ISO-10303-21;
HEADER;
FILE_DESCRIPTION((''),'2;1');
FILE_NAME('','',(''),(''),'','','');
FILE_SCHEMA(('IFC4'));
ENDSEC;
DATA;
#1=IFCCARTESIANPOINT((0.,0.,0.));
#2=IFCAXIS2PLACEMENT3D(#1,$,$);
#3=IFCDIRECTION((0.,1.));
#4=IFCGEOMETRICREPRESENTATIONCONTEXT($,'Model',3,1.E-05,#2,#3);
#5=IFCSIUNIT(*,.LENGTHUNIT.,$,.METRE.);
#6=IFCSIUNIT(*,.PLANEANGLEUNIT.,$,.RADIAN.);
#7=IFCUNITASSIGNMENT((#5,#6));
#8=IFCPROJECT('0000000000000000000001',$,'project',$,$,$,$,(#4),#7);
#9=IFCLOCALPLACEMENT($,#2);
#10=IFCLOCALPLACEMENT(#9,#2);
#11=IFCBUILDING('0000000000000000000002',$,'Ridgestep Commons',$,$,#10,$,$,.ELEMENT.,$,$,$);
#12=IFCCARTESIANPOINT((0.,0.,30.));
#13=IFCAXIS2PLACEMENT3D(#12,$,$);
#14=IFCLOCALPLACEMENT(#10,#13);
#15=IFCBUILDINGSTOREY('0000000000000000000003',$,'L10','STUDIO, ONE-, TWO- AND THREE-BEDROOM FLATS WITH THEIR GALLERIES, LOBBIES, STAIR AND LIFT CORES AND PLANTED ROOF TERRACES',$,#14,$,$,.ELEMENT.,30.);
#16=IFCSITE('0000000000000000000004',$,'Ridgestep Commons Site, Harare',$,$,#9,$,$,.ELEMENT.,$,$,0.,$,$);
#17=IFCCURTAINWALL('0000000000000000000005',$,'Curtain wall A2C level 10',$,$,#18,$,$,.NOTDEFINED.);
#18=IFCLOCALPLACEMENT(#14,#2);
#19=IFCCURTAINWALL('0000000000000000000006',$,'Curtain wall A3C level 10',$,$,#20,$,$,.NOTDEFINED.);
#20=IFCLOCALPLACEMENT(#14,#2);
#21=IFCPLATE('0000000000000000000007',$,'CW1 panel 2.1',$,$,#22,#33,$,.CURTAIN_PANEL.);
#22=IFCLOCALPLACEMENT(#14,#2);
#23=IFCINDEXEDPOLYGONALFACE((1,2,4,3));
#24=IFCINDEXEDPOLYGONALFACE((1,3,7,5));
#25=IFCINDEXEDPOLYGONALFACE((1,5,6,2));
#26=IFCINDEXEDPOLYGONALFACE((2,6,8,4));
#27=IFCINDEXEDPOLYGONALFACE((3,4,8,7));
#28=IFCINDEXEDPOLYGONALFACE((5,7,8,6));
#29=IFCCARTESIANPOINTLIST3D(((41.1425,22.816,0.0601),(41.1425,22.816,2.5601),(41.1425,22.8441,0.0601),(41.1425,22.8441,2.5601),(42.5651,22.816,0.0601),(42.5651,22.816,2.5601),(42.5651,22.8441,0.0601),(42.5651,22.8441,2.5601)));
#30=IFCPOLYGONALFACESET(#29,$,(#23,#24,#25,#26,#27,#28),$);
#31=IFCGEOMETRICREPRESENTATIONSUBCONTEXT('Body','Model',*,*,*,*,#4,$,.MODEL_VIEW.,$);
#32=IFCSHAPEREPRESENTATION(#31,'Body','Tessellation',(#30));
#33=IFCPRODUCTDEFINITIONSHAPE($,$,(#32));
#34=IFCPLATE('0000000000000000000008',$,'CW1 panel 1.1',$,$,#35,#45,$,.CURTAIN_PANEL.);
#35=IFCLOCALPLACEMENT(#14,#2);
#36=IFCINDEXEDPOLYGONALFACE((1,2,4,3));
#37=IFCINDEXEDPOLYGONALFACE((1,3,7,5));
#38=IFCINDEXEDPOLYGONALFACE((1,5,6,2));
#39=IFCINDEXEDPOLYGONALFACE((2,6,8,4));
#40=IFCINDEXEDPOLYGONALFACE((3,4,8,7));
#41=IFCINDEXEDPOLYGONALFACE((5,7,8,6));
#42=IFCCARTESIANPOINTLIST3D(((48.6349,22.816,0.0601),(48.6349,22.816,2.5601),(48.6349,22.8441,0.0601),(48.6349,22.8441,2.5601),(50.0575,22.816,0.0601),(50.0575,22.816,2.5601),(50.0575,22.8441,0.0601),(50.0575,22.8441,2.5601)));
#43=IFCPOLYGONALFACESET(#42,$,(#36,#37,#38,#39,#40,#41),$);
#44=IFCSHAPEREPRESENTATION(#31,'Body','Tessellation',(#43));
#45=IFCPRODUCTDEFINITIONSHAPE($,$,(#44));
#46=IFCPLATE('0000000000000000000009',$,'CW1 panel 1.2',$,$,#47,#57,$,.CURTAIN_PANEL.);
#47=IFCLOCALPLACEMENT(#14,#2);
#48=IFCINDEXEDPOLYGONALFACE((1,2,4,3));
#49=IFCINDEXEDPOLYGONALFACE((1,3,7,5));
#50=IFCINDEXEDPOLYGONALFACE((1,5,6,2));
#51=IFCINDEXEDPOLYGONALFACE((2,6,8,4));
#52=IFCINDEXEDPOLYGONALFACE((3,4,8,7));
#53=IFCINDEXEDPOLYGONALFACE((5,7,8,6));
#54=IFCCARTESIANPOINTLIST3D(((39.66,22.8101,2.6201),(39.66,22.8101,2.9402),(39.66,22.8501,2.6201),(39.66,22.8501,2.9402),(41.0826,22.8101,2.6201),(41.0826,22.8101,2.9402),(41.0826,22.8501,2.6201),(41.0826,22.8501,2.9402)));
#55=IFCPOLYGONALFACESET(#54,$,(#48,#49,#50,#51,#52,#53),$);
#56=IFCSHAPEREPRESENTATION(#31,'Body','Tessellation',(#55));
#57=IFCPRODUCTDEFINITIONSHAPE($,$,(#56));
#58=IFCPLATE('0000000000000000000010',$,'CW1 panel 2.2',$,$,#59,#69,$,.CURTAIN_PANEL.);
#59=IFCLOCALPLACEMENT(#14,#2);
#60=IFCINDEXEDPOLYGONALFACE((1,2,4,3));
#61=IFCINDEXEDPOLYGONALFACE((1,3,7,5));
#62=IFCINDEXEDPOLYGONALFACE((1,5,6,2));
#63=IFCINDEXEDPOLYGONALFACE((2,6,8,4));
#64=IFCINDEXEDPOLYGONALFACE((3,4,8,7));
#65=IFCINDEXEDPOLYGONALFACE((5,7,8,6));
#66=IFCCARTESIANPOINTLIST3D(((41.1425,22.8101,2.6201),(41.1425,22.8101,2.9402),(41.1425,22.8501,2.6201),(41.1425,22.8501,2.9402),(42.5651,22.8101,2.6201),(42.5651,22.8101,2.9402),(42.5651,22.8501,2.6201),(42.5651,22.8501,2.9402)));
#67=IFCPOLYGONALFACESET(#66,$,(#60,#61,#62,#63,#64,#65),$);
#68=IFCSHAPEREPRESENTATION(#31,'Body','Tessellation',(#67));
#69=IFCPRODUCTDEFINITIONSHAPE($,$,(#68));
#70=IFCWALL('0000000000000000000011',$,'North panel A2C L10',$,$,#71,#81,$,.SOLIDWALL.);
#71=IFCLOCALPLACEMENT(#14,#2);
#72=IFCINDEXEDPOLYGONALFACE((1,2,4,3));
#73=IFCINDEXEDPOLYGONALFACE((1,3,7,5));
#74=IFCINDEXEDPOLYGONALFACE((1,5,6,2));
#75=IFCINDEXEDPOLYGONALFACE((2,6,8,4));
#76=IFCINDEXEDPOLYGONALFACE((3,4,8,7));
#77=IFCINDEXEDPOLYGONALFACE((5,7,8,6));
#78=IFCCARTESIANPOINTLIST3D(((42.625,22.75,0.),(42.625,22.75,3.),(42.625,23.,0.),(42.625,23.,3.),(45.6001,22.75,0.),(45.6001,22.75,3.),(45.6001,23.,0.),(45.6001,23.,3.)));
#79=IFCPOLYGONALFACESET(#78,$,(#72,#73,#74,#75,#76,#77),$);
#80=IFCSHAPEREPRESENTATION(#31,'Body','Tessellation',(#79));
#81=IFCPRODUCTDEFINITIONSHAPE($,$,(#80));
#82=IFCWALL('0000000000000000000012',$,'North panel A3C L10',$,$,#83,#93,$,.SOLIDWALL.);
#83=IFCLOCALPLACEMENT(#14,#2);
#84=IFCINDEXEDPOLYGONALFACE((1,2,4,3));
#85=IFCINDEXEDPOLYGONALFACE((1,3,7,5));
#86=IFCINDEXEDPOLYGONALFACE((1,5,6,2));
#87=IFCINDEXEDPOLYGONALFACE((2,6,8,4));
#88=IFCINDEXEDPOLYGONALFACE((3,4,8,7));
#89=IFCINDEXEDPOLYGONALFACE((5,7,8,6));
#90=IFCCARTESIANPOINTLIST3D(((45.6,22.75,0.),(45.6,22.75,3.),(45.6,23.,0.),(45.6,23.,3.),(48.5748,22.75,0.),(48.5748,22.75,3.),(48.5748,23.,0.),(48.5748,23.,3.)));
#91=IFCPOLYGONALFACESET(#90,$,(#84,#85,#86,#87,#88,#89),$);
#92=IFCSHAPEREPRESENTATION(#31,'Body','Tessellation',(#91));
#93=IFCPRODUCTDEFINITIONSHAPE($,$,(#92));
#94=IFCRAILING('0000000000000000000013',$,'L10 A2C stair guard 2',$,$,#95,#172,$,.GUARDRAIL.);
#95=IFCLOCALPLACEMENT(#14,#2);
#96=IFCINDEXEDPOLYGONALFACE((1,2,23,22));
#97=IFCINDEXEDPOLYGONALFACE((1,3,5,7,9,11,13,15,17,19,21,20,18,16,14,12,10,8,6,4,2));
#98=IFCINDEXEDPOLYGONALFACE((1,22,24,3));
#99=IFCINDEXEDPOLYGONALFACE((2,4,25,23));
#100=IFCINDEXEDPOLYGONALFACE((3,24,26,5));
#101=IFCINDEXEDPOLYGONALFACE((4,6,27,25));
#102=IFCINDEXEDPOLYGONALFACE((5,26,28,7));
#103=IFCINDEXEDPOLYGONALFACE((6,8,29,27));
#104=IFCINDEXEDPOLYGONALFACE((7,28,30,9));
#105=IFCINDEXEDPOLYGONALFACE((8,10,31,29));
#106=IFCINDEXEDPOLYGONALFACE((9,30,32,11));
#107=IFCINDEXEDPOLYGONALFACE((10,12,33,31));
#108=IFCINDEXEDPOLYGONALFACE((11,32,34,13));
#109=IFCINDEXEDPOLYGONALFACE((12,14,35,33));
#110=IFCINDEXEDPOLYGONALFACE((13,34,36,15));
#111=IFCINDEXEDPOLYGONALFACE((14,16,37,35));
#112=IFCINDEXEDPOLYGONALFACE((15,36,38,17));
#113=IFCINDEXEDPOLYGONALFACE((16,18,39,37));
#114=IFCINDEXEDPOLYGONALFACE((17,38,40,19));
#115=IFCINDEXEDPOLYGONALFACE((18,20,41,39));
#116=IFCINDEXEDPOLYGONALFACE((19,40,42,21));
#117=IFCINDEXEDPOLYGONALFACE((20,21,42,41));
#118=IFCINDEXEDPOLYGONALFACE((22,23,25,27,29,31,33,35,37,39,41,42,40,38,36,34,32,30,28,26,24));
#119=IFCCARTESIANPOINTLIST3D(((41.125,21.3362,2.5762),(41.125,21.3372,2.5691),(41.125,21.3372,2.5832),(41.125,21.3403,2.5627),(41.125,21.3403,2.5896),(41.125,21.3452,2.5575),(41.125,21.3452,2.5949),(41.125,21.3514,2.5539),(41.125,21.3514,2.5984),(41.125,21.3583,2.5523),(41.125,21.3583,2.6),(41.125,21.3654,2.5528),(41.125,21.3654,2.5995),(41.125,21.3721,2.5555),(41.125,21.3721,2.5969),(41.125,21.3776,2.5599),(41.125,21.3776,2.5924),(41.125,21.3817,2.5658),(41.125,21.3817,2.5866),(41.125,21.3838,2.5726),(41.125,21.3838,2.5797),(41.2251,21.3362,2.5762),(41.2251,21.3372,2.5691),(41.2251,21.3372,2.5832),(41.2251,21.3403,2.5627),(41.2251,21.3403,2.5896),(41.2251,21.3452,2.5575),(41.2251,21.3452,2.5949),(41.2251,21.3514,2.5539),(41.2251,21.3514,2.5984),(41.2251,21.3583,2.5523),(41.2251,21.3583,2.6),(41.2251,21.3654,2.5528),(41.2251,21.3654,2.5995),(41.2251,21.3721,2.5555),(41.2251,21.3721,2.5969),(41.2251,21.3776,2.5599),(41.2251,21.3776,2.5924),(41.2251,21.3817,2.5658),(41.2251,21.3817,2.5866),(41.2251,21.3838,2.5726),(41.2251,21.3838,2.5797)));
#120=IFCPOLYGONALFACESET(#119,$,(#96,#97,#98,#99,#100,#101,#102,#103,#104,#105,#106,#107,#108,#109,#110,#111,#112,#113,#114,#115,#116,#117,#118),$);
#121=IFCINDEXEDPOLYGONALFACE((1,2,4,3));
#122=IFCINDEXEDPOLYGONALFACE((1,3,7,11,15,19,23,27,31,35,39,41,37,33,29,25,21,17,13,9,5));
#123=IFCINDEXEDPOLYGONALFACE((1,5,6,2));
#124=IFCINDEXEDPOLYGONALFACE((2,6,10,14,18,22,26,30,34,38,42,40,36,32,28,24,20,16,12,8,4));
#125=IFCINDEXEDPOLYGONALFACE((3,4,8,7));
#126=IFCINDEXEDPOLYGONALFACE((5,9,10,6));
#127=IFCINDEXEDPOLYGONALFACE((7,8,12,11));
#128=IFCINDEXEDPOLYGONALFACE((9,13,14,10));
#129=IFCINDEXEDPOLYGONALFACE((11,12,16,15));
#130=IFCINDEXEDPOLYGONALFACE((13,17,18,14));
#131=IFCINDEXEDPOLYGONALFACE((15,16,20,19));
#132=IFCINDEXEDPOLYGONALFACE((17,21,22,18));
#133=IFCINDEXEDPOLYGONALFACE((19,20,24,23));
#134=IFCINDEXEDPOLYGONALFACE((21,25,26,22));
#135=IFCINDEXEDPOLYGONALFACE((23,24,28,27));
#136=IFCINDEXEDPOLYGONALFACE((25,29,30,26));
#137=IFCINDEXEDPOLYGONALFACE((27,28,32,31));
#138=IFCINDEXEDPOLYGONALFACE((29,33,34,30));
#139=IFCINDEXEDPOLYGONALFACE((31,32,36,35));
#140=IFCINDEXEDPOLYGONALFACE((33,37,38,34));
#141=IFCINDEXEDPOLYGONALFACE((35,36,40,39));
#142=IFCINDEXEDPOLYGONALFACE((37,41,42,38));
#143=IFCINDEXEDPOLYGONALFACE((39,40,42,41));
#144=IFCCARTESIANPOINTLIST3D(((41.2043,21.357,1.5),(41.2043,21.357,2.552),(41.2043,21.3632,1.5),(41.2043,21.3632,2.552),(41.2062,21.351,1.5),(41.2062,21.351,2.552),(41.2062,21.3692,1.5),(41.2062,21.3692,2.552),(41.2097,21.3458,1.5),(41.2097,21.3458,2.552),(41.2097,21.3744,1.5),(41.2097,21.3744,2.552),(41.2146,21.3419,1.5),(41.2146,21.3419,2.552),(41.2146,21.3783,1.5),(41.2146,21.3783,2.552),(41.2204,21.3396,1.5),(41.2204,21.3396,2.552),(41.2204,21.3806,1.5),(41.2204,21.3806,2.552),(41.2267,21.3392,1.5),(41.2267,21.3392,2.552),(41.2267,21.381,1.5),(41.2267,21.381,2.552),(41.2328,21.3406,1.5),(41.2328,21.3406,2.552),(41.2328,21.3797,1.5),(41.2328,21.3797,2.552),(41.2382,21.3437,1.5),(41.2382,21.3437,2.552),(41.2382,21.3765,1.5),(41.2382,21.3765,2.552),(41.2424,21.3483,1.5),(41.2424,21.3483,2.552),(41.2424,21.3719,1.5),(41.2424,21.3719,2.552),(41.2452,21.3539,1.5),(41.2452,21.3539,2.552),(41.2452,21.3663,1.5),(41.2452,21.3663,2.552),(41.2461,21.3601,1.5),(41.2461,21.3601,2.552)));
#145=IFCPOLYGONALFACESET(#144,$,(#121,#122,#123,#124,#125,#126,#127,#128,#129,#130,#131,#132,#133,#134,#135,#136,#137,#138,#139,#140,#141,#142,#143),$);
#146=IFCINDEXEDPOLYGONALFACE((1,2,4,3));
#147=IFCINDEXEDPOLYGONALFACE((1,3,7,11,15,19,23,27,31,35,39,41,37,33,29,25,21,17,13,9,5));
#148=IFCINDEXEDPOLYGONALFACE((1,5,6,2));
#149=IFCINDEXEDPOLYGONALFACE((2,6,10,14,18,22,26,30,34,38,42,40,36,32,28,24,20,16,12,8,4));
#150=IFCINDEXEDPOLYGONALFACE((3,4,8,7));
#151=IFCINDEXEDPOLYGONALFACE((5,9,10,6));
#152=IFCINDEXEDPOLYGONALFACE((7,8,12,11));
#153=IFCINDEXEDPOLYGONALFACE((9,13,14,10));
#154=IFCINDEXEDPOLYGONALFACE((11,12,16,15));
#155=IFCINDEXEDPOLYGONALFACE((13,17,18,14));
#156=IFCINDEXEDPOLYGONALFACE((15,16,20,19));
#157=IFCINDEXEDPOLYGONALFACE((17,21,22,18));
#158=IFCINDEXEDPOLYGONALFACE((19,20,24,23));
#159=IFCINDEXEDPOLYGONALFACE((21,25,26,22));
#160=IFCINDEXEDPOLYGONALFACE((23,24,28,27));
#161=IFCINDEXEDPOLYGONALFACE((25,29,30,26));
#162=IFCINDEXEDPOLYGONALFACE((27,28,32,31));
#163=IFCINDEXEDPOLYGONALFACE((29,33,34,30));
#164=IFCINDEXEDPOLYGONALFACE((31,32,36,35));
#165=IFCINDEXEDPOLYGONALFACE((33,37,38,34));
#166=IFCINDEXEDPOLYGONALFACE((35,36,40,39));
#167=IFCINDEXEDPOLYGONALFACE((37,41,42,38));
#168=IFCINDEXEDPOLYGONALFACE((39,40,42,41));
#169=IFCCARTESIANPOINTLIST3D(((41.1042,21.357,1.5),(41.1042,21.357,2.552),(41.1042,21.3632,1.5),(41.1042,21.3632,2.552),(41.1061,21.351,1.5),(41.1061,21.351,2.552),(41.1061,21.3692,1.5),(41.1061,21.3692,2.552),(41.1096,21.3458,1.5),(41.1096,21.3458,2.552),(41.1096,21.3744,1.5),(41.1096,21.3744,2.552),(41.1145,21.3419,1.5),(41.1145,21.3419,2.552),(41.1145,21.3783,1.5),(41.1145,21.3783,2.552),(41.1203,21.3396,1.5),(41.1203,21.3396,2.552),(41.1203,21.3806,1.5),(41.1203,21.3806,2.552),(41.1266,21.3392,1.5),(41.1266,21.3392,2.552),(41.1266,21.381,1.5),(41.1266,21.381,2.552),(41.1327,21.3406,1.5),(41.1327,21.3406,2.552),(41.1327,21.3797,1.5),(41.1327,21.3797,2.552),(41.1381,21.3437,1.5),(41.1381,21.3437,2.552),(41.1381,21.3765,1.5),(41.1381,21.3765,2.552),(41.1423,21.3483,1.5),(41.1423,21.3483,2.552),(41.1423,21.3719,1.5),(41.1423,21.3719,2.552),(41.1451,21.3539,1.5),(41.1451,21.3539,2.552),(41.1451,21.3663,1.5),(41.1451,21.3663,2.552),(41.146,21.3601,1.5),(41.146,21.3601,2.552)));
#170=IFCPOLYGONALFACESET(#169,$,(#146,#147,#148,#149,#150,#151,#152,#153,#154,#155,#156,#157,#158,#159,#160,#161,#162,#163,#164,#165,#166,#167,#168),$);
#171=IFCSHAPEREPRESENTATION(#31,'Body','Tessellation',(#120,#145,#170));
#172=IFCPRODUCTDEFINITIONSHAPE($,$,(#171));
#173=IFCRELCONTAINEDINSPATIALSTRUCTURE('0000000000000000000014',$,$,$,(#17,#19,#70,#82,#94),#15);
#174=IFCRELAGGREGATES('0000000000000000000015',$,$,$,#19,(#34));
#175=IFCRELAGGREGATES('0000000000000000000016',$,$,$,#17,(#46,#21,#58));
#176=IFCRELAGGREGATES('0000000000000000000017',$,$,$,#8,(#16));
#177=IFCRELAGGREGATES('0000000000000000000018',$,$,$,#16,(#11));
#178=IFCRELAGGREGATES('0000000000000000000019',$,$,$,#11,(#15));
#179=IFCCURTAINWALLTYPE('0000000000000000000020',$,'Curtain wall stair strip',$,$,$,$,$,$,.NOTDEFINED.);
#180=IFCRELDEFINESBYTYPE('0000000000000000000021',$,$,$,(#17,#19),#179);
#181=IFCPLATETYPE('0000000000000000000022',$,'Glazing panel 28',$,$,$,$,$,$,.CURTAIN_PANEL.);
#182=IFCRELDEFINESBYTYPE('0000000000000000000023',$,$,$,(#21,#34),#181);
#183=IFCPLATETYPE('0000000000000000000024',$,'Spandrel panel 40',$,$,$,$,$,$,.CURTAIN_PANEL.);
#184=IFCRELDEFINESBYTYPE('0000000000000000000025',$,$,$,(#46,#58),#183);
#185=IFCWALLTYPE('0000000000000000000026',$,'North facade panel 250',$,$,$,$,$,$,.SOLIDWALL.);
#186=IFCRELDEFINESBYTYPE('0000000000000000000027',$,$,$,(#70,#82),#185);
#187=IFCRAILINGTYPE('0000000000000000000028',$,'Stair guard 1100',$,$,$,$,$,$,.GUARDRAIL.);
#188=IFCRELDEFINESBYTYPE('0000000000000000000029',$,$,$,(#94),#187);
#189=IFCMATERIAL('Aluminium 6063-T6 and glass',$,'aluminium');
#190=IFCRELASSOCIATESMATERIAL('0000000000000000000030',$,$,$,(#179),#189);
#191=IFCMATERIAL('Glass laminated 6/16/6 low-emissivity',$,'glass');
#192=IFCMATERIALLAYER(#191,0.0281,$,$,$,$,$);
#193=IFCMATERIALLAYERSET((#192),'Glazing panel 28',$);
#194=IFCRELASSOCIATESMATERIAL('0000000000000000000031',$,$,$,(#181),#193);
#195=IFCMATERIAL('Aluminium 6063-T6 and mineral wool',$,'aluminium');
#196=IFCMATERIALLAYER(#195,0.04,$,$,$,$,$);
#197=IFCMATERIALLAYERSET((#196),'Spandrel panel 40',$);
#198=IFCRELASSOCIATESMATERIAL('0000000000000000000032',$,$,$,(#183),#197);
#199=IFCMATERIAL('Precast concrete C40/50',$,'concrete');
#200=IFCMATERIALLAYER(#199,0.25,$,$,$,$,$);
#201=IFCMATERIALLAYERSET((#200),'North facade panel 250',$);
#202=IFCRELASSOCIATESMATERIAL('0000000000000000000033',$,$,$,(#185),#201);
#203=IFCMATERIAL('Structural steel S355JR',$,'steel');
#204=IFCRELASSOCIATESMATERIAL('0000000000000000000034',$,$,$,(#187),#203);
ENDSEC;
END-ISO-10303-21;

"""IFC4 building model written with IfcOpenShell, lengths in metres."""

from ifc_helpers import new_model, si_unit, direction, frame, frame_2d, origin, origin_2d, place, context, subcontext, project, spatial, rectangle, circle, extrude, material, layer, layer_set, type_object, element, aggregate, save


model = new_model("IFC4")

# Units and contexts
model_context = context("Model", 3, precision=1e-05, world=origin(), true_north=direction((0.0, 1.0)))
body_context = subcontext(model_context, "Body", "Model", "MODEL_VIEW")
ifc_project = project(units=[si_unit("LENGTHUNIT", "METRE"), si_unit("PLANEANGLEUNIT", "RADIAN")], contexts=[model_context])

# Site, building, storey
site_placement = place(None, origin())
site = spatial("IfcSite", under=ifc_project, at=site_placement, Name="Ridgestep Commons Site, Harare", CompositionType="ELEMENT", RefElevation=0.0)
building_placement = place(site_placement, origin())
building = spatial("IfcBuilding", under=site, at=building_placement, Name="Ridgestep Commons", CompositionType="ELEMENT")
storey_placement = place(building_placement, frame((0.0, 0.0, 30.0)))
storey = spatial("IfcBuildingStorey", under=building, at=storey_placement, Name="L10", Description="STUDIO, ONE-, TWO- AND THREE-BEDROOM FLATS WITH THEIR GALLERIES, LOBBIES, STAIR AND LIFT CORES AND PLANTED ROOF TERRACES", CompositionType="ELEMENT", Elevation=30.0)

# Curtain wall
ifc_material_1 = material(Name="Aluminium 6063-T6 and glass", Category="aluminium")
curtain_wall_type = type_object("IfcCurtainWallType", Name="Curtain wall stair strip", PredefinedType="NOTDEFINED", material=ifc_material_1)
curtain_wall_1_placement = place(storey_placement, origin())
curtain_wall_1 = element("IfcCurtainWall", 1, at=curtain_wall_1_placement, inside=storey, type_object=curtain_wall_type, Name="Curtain wall A2C level 10", PredefinedType="NOTDEFINED")

# Curtain wall
curtain_wall_2_placement = place(storey_placement, origin())
curtain_wall_2 = element("IfcCurtainWall", 2, at=curtain_wall_2_placement, inside=storey, type_object=curtain_wall_type, Name="Curtain wall A3C level 10", PredefinedType="NOTDEFINED")

# Plates
ifc_material_2 = material(Name="Glass laminated 6/16/6 low-emissivity", Category="glass")
ifc_layer_1 = layer(ifc_material_2, 0.0281)
ifc_layer_set_1 = layer_set([ifc_layer_1], Name="Glazing panel 28")
plate_type_1 = type_object("IfcPlateType", Name="Glazing panel 28", PredefinedType="CURTAIN_PANEL", material=ifc_layer_set_1)
plate_1_placement = place(storey_placement, frame((41.8538, 22.8301, 0.0601), z_axis=(0.0, 0.0, 1.0), x_axis=(1.0, 0.0, 0.0)))
plate_1 = element("IfcPlate", 3, at=plate_1_placement, type_object=plate_type_1, Name="CW1 panel 2.1", PredefinedType="CURTAIN_PANEL", context=body_context, shape_type="SweptSolid", body=[
    extrude(rectangle(XDim=1.4226, YDim=0.0281, at=origin_2d()), origin(), (0.0, 0.0, 1.0), 2.5),
])
plate_2_placement = place(storey_placement, frame((49.3462, 22.8301, 0.0601), z_axis=(0.0, 0.0, 1.0), x_axis=(1.0, 0.0, 0.0)))
plate_2 = element("IfcPlate", 4, at=plate_2_placement, type_object=plate_type_1, Name="CW1 panel 1.1", PredefinedType="CURTAIN_PANEL", context=body_context, shape_type="SweptSolid", body=[
    extrude(rectangle(XDim=1.4226, YDim=0.0281, at=origin_2d()), origin(), (0.0, 0.0, 1.0), 2.5),
])
aggregate(curtain_wall_2, [plate_2])
ifc_material_3 = material(Name="Aluminium 6063-T6 and mineral wool", Category="aluminium")
ifc_layer_2 = layer(ifc_material_3, 0.04)
ifc_layer_set_2 = layer_set([ifc_layer_2], Name="Spandrel panel 40")
plate_type_2 = type_object("IfcPlateType", Name="Spandrel panel 40", PredefinedType="CURTAIN_PANEL", material=ifc_layer_set_2)
plate_3_placement = place(storey_placement, frame((40.3713, 22.8301, 2.6201), z_axis=(0.0, 0.0, 1.0), x_axis=(1.0, 0.0, 0.0)))
plate_3 = element("IfcPlate", 5, at=plate_3_placement, type_object=plate_type_2, Name="CW1 panel 1.2", PredefinedType="CURTAIN_PANEL", context=body_context, shape_type="SweptSolid", body=[
    extrude(rectangle(XDim=1.4226, YDim=0.04, at=origin_2d()), origin(), (0.0, 0.0, 1.0), 0.3201),
])
plate_4_placement = place(storey_placement, frame((41.8538, 22.8301, 2.6201), z_axis=(0.0, 0.0, 1.0), x_axis=(1.0, 0.0, 0.0)))
plate_4 = element("IfcPlate", 6, at=plate_4_placement, type_object=plate_type_2, Name="CW1 panel 2.2", PredefinedType="CURTAIN_PANEL", context=body_context, shape_type="SweptSolid", body=[
    extrude(rectangle(XDim=1.4226, YDim=0.04, at=origin_2d()), origin(), (0.0, 0.0, 1.0), 0.3201),
])
aggregate(curtain_wall_1, [plate_3, plate_1, plate_4])

# Walls
ifc_material_4 = material(Name="Precast concrete C40/50", Category="concrete")
ifc_layer_3 = layer(ifc_material_4, 0.25)
ifc_layer_set_3 = layer_set([ifc_layer_3], Name="North facade panel 250")
wall_type = type_object("IfcWallType", Name="North facade panel 250", PredefinedType="SOLIDWALL", material=ifc_layer_set_3)
wall_1_placement = place(storey_placement, frame((42.625, 22.875, 0.0), z_axis=(0.0, 0.0, 1.0), x_axis=(1.0, 0.0, 0.0)))
element("IfcWall", 7, at=wall_1_placement, inside=storey, type_object=wall_type, Name="North panel A2C L10", PredefinedType="SOLIDWALL", context=body_context, shape_type="SweptSolid", body=[
    extrude(rectangle(XDim=2.9751, YDim=0.25, at=frame_2d((1.4875, 0.0))), origin(), (0.0, 0.0, 1.0), 3.0),
])
wall_2_placement = place(storey_placement, frame((45.6001, 22.875, 0.0), z_axis=(0.0, 0.0, 1.0), x_axis=(1.0, 0.0, 0.0)))
element("IfcWall", 8, at=wall_2_placement, inside=storey, type_object=wall_type, Name="North panel A3C L10", PredefinedType="SOLIDWALL", context=body_context, shape_type="SweptSolid", body=[
    extrude(rectangle(XDim=2.9749, YDim=0.25, at=frame_2d((1.4873, 0.0))), origin(), (0.0, 0.0, 1.0), 3.0),
])

# Railing
ifc_material_5 = material(Name="Structural steel S355JR", Category="steel")
railing_type = type_object("IfcRailingType", Name="Stair guard 1100", PredefinedType="GUARDRAIL", material=ifc_material_5)
railing_placement = place(storey_placement, frame((41.2251, 21.3601, 1.5)))
element("IfcRailing", 9, at=railing_placement, inside=storey, type_object=railing_type, Name="L10 A2C stair guard 2", PredefinedType="GUARDRAIL", context=body_context, shape_type="SweptSolid", body=[
    extrude(circle(Radius=0.0239, at=origin_2d()), frame((0.0, 0.0, 1.0762), z_axis=(-1.0, 0.0, 0.0), x_axis=(0.0, -1.0, 0.0)), (0.0, 0.0, 1.0), 0.1001),
    extrude(circle(Radius=0.021, at=origin_2d()), origin(), (0.0, 0.0, 1.0), 1.052),
    extrude(circle(Radius=0.021, at=origin_2d()), frame((-0.1001, 0.0, 0.0)), (0.0, 0.0, 1.0), 1.052),
])

save(model, "model.ifc")
